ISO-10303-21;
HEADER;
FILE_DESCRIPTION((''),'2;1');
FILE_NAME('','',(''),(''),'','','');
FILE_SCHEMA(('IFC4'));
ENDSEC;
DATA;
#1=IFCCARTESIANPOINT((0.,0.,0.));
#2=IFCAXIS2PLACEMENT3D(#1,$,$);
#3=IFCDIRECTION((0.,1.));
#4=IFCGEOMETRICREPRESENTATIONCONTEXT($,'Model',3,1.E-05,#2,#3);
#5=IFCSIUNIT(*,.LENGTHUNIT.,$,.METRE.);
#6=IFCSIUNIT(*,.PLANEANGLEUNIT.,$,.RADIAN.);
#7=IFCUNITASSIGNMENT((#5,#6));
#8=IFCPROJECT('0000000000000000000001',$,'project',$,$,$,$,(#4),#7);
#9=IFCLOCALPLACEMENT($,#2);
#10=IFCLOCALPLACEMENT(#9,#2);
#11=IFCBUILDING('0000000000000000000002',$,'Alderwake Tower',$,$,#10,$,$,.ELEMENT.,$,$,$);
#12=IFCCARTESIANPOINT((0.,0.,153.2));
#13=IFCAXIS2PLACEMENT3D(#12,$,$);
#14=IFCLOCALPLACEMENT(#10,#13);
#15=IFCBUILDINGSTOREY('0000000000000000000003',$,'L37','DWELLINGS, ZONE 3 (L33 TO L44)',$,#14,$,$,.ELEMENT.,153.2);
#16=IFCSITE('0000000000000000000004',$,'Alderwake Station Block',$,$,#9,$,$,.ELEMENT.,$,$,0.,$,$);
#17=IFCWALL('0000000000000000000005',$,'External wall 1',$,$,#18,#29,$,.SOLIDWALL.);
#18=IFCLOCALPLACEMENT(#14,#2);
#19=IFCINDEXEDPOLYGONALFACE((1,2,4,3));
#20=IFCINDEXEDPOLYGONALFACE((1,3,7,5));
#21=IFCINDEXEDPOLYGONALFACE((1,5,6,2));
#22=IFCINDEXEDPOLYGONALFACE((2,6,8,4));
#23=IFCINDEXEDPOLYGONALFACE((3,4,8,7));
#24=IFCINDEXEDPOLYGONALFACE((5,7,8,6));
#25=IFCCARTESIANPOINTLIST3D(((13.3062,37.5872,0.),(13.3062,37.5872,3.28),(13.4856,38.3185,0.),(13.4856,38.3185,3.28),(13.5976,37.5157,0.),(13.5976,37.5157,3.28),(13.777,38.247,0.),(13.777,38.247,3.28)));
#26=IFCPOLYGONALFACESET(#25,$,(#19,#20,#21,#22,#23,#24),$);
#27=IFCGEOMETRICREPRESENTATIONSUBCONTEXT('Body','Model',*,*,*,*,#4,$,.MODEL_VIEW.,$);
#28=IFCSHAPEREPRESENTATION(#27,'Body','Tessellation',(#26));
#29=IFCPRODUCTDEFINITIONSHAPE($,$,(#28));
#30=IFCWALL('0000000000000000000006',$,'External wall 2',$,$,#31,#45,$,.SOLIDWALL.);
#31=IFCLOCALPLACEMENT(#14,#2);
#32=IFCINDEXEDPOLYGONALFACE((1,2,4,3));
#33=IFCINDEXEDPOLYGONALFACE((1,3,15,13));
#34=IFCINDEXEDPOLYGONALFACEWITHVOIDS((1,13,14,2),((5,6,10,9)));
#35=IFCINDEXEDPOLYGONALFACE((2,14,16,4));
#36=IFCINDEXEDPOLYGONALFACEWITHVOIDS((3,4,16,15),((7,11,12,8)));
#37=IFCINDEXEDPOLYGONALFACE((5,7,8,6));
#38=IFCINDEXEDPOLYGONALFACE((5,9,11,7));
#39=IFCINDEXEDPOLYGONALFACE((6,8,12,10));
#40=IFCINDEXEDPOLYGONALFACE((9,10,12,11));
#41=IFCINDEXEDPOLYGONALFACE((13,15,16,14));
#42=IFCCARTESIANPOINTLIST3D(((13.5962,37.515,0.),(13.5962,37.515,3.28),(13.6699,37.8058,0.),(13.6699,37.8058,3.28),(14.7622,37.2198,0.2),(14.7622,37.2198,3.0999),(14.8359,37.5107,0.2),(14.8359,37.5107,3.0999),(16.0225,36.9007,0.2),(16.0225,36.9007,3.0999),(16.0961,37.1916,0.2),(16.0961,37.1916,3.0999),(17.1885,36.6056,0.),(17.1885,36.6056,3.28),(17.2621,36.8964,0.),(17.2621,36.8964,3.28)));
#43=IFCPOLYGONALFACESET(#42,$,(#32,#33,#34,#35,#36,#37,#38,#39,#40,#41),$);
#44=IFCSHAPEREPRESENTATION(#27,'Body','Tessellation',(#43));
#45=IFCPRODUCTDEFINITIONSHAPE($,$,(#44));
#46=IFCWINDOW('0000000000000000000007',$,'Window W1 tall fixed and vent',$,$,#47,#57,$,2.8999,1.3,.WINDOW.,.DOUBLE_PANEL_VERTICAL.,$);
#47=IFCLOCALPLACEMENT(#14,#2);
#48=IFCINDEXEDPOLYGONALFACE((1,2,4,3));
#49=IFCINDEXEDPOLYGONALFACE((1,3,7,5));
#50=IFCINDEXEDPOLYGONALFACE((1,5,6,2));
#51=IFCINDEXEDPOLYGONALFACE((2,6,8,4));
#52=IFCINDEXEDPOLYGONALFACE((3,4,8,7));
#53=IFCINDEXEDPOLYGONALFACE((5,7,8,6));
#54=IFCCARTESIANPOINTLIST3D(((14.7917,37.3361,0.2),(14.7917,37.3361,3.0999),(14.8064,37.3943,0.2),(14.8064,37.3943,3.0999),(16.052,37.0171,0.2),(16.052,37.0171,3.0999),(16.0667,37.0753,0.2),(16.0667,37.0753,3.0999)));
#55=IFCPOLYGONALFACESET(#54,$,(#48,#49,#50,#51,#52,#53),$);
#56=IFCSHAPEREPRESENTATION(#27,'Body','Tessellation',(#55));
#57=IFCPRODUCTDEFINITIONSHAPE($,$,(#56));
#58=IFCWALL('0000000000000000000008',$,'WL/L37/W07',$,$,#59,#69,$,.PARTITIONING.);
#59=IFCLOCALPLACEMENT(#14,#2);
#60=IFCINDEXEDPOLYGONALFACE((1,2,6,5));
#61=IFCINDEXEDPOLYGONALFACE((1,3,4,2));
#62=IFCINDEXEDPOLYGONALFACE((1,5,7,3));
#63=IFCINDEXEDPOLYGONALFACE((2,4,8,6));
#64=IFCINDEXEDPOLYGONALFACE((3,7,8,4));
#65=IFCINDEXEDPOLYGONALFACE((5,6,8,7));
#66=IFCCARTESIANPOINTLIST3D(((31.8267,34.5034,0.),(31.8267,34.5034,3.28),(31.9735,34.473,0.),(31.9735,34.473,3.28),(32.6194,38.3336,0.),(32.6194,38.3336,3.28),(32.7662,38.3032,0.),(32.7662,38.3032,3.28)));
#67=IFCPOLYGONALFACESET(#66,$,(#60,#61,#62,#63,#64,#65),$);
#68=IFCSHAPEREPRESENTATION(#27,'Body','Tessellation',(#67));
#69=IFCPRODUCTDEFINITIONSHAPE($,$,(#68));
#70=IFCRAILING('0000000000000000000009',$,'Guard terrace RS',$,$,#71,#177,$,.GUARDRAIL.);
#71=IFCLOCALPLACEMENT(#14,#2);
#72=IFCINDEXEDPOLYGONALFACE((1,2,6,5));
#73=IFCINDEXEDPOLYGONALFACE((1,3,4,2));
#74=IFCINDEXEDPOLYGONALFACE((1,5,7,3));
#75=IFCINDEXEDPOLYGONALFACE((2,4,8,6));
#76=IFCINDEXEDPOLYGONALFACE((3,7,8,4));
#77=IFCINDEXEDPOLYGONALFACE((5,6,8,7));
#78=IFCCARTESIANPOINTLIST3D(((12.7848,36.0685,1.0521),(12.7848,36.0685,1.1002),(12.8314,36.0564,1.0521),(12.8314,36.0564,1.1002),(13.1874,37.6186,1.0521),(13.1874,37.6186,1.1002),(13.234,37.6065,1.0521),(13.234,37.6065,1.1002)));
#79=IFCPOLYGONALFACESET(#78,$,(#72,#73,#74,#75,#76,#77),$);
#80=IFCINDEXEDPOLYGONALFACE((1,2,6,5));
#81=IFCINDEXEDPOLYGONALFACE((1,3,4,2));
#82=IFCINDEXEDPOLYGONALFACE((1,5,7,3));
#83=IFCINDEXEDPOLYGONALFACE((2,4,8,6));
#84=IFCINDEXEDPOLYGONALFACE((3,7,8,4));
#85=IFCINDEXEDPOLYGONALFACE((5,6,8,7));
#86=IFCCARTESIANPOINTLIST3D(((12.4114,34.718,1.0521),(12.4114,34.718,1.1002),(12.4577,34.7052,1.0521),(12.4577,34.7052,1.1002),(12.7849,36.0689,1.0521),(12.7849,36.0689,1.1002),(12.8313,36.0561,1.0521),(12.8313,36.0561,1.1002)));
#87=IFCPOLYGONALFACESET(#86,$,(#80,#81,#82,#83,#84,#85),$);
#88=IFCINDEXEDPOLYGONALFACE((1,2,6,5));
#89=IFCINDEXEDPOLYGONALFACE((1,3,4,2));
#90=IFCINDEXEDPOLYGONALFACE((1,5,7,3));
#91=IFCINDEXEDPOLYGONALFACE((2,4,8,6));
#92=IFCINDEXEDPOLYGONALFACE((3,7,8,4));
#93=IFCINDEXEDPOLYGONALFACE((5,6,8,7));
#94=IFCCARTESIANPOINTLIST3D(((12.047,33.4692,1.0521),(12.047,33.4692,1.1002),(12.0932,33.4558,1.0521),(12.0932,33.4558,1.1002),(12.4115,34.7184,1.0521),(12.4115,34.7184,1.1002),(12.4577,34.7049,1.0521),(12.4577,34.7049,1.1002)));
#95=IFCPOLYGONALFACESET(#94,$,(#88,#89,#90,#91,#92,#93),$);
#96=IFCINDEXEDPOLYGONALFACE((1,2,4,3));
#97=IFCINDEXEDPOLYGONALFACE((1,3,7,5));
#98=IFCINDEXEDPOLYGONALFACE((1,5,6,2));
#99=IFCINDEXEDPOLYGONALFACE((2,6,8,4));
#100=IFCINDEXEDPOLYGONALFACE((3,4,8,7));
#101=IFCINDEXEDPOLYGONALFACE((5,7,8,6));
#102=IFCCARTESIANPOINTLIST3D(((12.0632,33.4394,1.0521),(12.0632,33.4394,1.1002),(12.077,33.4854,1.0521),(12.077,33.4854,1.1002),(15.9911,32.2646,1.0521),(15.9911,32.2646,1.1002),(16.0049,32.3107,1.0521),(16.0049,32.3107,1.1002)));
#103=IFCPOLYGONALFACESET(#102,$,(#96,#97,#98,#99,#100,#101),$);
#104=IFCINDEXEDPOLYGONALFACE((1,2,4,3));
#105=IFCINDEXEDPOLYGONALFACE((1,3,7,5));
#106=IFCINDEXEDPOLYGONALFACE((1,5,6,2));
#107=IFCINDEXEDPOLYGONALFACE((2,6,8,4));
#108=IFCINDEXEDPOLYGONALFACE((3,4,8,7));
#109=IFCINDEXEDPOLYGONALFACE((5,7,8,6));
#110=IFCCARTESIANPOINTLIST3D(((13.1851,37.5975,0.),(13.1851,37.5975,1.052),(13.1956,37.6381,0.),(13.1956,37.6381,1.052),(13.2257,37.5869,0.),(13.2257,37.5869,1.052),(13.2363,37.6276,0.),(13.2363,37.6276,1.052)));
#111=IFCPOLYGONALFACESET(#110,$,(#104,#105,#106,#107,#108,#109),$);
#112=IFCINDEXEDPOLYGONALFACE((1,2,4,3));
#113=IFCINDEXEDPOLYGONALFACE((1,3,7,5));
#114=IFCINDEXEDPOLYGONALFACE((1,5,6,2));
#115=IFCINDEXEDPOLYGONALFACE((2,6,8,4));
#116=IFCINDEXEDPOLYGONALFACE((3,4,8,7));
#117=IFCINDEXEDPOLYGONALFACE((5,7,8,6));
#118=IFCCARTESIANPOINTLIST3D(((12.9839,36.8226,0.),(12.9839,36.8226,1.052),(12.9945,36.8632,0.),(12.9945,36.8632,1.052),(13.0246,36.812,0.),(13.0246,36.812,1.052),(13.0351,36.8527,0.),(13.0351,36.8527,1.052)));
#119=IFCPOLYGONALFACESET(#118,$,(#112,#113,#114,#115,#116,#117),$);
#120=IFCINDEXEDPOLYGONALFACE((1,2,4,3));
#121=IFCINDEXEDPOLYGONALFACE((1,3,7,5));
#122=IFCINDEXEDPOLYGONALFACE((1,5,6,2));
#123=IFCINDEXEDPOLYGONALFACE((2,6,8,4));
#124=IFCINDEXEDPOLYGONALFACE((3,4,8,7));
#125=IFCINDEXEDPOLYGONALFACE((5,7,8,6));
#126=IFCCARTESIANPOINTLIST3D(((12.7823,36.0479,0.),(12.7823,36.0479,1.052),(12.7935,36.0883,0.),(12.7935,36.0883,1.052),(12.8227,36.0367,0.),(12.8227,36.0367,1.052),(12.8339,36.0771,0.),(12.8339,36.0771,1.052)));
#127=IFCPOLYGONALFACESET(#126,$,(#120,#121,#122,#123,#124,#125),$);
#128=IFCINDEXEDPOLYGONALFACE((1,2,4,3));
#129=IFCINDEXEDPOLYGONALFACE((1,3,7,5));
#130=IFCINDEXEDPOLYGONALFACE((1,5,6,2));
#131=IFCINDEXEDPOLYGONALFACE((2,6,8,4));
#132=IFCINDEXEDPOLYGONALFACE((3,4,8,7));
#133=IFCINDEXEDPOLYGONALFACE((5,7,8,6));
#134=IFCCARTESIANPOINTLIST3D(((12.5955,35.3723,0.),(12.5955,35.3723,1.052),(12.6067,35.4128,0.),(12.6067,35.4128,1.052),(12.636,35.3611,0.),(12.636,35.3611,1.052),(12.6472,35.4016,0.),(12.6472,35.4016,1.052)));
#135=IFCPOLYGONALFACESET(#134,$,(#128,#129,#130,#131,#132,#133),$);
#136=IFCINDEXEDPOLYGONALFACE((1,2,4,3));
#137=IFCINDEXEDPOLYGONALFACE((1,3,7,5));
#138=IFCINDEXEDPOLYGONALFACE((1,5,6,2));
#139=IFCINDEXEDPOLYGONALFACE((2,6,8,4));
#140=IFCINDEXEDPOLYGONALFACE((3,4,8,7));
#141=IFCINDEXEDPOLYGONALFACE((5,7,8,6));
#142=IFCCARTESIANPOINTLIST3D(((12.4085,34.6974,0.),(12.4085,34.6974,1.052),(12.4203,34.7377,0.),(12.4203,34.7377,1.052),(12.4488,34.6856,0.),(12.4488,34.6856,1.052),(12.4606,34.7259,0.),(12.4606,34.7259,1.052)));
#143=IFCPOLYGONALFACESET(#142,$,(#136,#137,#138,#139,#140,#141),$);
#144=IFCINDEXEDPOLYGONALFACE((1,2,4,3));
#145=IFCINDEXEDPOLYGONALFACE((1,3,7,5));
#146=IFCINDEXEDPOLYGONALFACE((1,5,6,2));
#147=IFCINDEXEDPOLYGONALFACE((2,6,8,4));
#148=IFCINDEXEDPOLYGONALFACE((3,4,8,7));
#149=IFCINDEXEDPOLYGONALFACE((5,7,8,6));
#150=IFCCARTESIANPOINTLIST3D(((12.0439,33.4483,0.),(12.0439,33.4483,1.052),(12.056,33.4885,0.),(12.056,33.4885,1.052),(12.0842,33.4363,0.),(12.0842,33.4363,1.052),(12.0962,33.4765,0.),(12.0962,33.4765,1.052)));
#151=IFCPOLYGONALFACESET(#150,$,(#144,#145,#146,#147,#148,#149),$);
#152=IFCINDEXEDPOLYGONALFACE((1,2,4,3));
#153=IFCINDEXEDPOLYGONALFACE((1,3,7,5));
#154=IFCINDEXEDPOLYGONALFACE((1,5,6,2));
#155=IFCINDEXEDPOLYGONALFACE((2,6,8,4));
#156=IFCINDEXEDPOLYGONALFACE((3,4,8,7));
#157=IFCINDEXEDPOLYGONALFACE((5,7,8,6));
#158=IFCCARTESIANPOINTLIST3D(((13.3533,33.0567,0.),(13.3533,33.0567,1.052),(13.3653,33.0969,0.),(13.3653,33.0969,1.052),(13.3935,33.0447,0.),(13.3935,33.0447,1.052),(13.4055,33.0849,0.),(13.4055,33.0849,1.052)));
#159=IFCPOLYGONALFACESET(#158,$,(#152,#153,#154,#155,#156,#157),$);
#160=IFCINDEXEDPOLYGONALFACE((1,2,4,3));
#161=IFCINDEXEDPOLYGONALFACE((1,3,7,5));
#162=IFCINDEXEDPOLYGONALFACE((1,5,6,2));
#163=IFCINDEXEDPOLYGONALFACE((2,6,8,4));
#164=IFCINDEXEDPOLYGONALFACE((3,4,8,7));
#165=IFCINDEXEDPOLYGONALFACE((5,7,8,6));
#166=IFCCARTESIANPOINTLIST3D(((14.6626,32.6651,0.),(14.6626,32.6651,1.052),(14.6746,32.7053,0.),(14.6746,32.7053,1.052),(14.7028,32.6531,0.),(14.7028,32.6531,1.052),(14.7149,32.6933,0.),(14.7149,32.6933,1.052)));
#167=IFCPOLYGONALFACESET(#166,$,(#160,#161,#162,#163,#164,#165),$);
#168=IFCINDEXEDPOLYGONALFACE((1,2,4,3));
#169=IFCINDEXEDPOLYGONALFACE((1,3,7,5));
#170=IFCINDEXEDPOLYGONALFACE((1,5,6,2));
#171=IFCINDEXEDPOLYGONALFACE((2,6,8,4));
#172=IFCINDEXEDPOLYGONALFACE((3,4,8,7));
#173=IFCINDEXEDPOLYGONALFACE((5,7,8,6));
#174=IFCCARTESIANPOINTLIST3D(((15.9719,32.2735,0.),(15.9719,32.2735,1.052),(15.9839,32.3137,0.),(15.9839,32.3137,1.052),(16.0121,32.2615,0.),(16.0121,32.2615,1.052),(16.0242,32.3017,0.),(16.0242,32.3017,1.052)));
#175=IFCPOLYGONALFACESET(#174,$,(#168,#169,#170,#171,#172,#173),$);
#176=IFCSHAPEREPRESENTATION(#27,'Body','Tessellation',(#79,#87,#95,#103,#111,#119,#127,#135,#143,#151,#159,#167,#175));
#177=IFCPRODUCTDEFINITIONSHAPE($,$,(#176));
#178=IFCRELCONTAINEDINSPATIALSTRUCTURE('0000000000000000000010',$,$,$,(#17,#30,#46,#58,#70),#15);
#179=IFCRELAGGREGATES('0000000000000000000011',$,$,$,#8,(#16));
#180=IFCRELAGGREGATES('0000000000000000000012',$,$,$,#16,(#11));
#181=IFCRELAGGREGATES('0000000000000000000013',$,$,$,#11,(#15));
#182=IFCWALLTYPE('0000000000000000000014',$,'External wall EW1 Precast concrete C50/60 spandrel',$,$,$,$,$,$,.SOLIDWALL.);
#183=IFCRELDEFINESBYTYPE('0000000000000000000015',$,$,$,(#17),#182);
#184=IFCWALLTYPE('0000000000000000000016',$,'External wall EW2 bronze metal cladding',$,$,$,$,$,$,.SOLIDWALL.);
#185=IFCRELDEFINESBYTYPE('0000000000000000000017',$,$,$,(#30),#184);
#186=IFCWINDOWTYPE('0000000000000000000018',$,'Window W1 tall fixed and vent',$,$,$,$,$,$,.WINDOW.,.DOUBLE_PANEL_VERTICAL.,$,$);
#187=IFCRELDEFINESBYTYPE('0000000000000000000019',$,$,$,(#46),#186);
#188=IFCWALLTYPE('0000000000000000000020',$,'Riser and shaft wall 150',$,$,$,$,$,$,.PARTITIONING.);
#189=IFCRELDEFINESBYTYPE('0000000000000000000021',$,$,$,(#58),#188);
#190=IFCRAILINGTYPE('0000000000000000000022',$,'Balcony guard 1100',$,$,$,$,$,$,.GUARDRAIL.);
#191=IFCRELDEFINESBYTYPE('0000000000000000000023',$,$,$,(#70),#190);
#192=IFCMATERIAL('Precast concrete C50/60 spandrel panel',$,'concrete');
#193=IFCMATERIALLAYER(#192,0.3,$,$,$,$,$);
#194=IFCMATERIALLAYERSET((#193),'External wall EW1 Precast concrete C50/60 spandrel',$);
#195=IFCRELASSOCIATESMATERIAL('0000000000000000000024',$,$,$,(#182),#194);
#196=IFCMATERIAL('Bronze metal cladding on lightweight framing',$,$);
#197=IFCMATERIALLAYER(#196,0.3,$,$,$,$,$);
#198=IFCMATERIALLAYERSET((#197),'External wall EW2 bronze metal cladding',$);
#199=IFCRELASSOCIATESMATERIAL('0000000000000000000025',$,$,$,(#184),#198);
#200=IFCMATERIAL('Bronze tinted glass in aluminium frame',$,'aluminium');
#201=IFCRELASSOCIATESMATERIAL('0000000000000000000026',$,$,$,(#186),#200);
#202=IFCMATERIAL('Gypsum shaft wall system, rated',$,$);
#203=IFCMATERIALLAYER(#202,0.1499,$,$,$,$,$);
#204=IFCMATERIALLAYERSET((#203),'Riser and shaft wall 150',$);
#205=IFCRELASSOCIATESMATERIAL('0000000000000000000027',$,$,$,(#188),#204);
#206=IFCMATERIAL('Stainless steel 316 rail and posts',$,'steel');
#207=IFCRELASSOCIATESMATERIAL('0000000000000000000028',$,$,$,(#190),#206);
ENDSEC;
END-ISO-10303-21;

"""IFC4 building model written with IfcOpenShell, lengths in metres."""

from ifc_helpers import new_model, si_unit, direction, frame, frame_2d, origin, origin_2d, place, context, subcontext, project, spatial, rectangle, extrude, material, layer, layer_set, type_object, element, fill, save


model = new_model("IFC4")

# Units and contexts
model_context = context("Model", 3, precision=1e-05, world=origin(), true_north=direction((0.0, 1.0)))
body_context = subcontext(model_context, "Body", "Model", "MODEL_VIEW")
ifc_project = project(units=[si_unit("LENGTHUNIT", "METRE"), si_unit("PLANEANGLEUNIT", "RADIAN")], contexts=[model_context])

# Site, building, storey
site_placement = place(None, origin())
site = spatial("IfcSite", under=ifc_project, at=site_placement, Name="Alderwake Station Block", CompositionType="ELEMENT", RefElevation=0.0)
building_placement = place(site_placement, origin())
building = spatial("IfcBuilding", under=site, at=building_placement, Name="Alderwake Tower", CompositionType="ELEMENT")
storey_placement = place(building_placement, frame((0.0, 0.0, 153.2)))
storey = spatial("IfcBuildingStorey", under=building, at=storey_placement, Name="L37", Description="DWELLINGS, ZONE 3 (L33 TO L44)", CompositionType="ELEMENT", Elevation=153.2)

# Wall
ifc_material_1 = material(Name="Precast concrete C50/60 spandrel panel", Category="concrete")
ifc_layer_1 = layer(ifc_material_1, 0.3)
ifc_layer_set_1 = layer_set([ifc_layer_1], Name="External wall EW1 Precast concrete C50/60 spandrel")
wall_type_1 = type_object("IfcWallType", Name="External wall EW1 Precast concrete C50/60 spandrel", PredefinedType="SOLIDWALL", material=ifc_layer_set_1)
wall_1_placement = place(storey_placement, frame((13.6313, 38.2827, 0.0), z_axis=(0.0, 0.0, 1.0), x_axis=(-0.238337, -0.971183, 0.0)))
element("IfcWall", 1, at=wall_1_placement, inside=storey, type_object=wall_type_1, Name="External wall 1", PredefinedType="SOLIDWALL", context=body_context, shape_type="SweptSolid", body=[
    extrude(rectangle(XDim=0.7529, YDim=0.3, at=frame_2d((0.3765, 0.0))), origin(), (0.0, 0.0, 1.0), 3.28),
])

# Wall, opening, window
ifc_material_2 = material(Name="Bronze metal cladding on lightweight framing")
ifc_layer_2 = layer(ifc_material_2, 0.3)
ifc_layer_set_2 = layer_set([ifc_layer_2], Name="External wall EW2 bronze metal cladding")
wall_type_2 = type_object("IfcWallType", Name="External wall EW2 bronze metal cladding", PredefinedType="SOLIDWALL", material=ifc_layer_set_2)
wall_2_placement = place(storey_placement, frame((13.6331, 37.6604, 0.0), z_axis=(0.0, 0.0, 1.0), x_axis=(0.969417, -0.245418, 0.0)))
wall_2 = element("IfcWall", 2, at=wall_2_placement, inside=storey, type_object=wall_type_2, Name="External wall 2", PredefinedType="SOLIDWALL", context=body_context, shape_type="SweptSolid", body=[
    extrude(rectangle(XDim=3.7056, YDim=0.3, at=frame_2d((1.8528, 0.0))), origin(), (0.0, 0.0, 1.0), 3.28),
])
opening_1_placement = place(wall_2_placement, frame((1.2029, 0.0, 0.2)))
opening_1 = element("IfcOpeningElement", 3, at=opening_1_placement, cuts=wall_2, PredefinedType="OPENING", context=body_context, shape_type="SweptSolid", body=[
    extrude(rectangle(XDim=1.3, YDim=2.8999, at=frame_2d((0.6499, 1.45))), frame((0.0, 0.1599, 0.0), z_axis=(0.0, -1.0, 0.0), x_axis=(1.0, 0.0, 0.0)), (0.0, 0.0, 1.0), 0.3201),
])
ifc_material_3 = material(Name="Bronze tinted glass in aluminium frame", Category="aluminium")
window_type = type_object("IfcWindowType", Name="Window W1 tall fixed and vent", PartitioningType="DOUBLE_PANEL_VERTICAL", PredefinedType="WINDOW", material=ifc_material_3)
window_1_placement = place(opening_1_placement, origin())
window_1 = element("IfcWindow", 4, at=window_1_placement, inside=storey, type_object=window_type, Name="Window W1 tall fixed and vent", OverallHeight=2.8999, OverallWidth=1.3, PartitioningType="DOUBLE_PANEL_VERTICAL", PredefinedType="WINDOW", context=body_context, shape_type="SweptSolid", body=[
    extrude(rectangle(XDim=1.3, YDim=2.8999, at=frame_2d((0.6499, 1.45))), frame((0.0, 0.03, 0.0), z_axis=(0.0, -1.0, 0.0), x_axis=(1.0, 0.0, 0.0)), (0.0, 0.0, 1.0), 0.0601),
])
fill(opening_1, window_1)

# Wall
ifc_material_4 = material(Name="Gypsum shaft wall system, rated")
ifc_layer_3 = layer(ifc_material_4, 0.1499)
ifc_layer_set_3 = layer_set([ifc_layer_3], Name="Riser and shaft wall 150")
wall_type_3 = type_object("IfcWallType", Name="Riser and shaft wall 150", PredefinedType="PARTITIONING", material=ifc_layer_set_3)
wall_3_placement = place(storey_placement, frame((31.9001, 34.4883, 0.0), z_axis=(0.0, 0.0, 1.0), x_axis=(0.202665, 0.979248, 0.0)))
element("IfcWall", 5, at=wall_3_placement, inside=storey, type_object=wall_type_3, Name="WL/L37/W07", PredefinedType="PARTITIONING", context=body_context, shape_type="SweptSolid", body=[
    extrude(rectangle(XDim=3.9114, YDim=0.1499, at=frame_2d((1.9556, 0.0))), origin(), (0.0, 0.0, 1.0), 3.28),
])

# Railing
ifc_material_5 = material(Name="Stainless steel 316 rail and posts", Category="steel")
railing_type = type_object("IfcRailingType", Name="Balcony guard 1100", PredefinedType="GUARDRAIL", material=ifc_material_5)
railing_placement = place(storey_placement, frame((13.2107, 37.6125, 0.0)))
element("IfcRailing", 6, at=railing_placement, inside=storey, type_object=railing_type, Name="Guard terrace RS", PredefinedType="GUARDRAIL", context=body_context, shape_type="SweptSolid", body=[
    extrude(rectangle(XDim=0.0481, YDim=0.0481, at=origin_2d()), frame((0.0, 0.0, 1.0762), z_axis=(-0.251385, -0.967887, 0.0), x_axis=(0.967887, -0.251385, 0.0)), (0.0, 0.0, 1.0), 1.6016),
    extrude(rectangle(XDim=0.0481, YDim=0.0481, at=origin_2d()), frame((-0.4026, -1.55, 1.0762), z_axis=(-0.266521, -0.963829, 0.0), x_axis=(0.963829, -0.266521, 0.0)), (0.0, 0.0, 1.0), 1.4016),
    extrude(rectangle(XDim=0.0481, YDim=0.0481, at=origin_2d()), frame((-0.7761, -2.9009, 1.0762), z_axis=(-0.280094, -0.959973, 0.0), x_axis=(0.959973, -0.280094, 0.0)), (0.0, 0.0, 1.0), 1.3013),
    extrude(rectangle(XDim=0.0481, YDim=0.0481, at=origin_2d()), frame((-1.1406, -4.1501, 1.0762), z_axis=(0.958067, -0.286545, 0.0), x_axis=(0.286545, 0.958067, 0.0)), (0.0, 0.0, 1.0), 4.0999),
    extrude(rectangle(XDim=0.042, YDim=0.042, at=origin_2d()), frame((0.0, 0.0, 0.0), z_axis=(0.0, 0.0, 1.0), x_axis=(-0.251385, -0.967887, 0.0)), (0.0, 0.0, 1.0), 1.052),
    extrude(rectangle(XDim=0.042, YDim=0.042, at=origin_2d()), frame((-0.2012, -0.7749, 0.0), z_axis=(0.0, 0.0, 1.0), x_axis=(-0.251385, -0.967887, 0.0)), (0.0, 0.0, 1.0), 1.052),
    extrude(rectangle(XDim=0.042, YDim=0.042, at=origin_2d()), frame((-0.4026, -1.55, 0.0), z_axis=(0.0, 0.0, 1.0), x_axis=(-0.266521, -0.963829, 0.0)), (0.0, 0.0, 1.0), 1.052),
    extrude(rectangle(XDim=0.042, YDim=0.042, at=origin_2d()), frame((-0.5894, -2.2256, 0.0), z_axis=(0.0, 0.0, 1.0), x_axis=(-0.266521, -0.963829, 0.0)), (0.0, 0.0, 1.0), 1.052),
    extrude(rectangle(XDim=0.042, YDim=0.042, at=origin_2d()), frame((-0.7761, -2.9009, 0.0), z_axis=(0.0, 0.0, 1.0), x_axis=(-0.280094, -0.959973, 0.0)), (0.0, 0.0, 1.0), 1.052),
    extrude(rectangle(XDim=0.042, YDim=0.042, at=origin_2d()), frame((-1.1406, -4.1501, 0.0), z_axis=(0.0, 0.0, 1.0), x_axis=(0.958067, -0.286545, 0.0)), (0.0, 0.0, 1.0), 1.052),
    extrude(rectangle(XDim=0.042, YDim=0.042, at=origin_2d()), frame((0.1687, -4.5417, 0.0), z_axis=(0.0, 0.0, 1.0), x_axis=(0.958067, -0.286545, 0.0)), (0.0, 0.0, 1.0), 1.052),
    extrude(rectangle(XDim=0.042, YDim=0.042, at=origin_2d()), frame((1.478, -4.9333, 0.0), z_axis=(0.0, 0.0, 1.0), x_axis=(0.958067, -0.286545, 0.0)), (0.0, 0.0, 1.0), 1.052),
    extrude(rectangle(XDim=0.042, YDim=0.042, at=origin_2d()), frame((2.7874, -5.325, 0.0), z_axis=(0.0, 0.0, 1.0), x_axis=(0.958067, -0.286545, 0.0)), (0.0, 0.0, 1.0), 1.052),
])

save(model, "model.ifc")
